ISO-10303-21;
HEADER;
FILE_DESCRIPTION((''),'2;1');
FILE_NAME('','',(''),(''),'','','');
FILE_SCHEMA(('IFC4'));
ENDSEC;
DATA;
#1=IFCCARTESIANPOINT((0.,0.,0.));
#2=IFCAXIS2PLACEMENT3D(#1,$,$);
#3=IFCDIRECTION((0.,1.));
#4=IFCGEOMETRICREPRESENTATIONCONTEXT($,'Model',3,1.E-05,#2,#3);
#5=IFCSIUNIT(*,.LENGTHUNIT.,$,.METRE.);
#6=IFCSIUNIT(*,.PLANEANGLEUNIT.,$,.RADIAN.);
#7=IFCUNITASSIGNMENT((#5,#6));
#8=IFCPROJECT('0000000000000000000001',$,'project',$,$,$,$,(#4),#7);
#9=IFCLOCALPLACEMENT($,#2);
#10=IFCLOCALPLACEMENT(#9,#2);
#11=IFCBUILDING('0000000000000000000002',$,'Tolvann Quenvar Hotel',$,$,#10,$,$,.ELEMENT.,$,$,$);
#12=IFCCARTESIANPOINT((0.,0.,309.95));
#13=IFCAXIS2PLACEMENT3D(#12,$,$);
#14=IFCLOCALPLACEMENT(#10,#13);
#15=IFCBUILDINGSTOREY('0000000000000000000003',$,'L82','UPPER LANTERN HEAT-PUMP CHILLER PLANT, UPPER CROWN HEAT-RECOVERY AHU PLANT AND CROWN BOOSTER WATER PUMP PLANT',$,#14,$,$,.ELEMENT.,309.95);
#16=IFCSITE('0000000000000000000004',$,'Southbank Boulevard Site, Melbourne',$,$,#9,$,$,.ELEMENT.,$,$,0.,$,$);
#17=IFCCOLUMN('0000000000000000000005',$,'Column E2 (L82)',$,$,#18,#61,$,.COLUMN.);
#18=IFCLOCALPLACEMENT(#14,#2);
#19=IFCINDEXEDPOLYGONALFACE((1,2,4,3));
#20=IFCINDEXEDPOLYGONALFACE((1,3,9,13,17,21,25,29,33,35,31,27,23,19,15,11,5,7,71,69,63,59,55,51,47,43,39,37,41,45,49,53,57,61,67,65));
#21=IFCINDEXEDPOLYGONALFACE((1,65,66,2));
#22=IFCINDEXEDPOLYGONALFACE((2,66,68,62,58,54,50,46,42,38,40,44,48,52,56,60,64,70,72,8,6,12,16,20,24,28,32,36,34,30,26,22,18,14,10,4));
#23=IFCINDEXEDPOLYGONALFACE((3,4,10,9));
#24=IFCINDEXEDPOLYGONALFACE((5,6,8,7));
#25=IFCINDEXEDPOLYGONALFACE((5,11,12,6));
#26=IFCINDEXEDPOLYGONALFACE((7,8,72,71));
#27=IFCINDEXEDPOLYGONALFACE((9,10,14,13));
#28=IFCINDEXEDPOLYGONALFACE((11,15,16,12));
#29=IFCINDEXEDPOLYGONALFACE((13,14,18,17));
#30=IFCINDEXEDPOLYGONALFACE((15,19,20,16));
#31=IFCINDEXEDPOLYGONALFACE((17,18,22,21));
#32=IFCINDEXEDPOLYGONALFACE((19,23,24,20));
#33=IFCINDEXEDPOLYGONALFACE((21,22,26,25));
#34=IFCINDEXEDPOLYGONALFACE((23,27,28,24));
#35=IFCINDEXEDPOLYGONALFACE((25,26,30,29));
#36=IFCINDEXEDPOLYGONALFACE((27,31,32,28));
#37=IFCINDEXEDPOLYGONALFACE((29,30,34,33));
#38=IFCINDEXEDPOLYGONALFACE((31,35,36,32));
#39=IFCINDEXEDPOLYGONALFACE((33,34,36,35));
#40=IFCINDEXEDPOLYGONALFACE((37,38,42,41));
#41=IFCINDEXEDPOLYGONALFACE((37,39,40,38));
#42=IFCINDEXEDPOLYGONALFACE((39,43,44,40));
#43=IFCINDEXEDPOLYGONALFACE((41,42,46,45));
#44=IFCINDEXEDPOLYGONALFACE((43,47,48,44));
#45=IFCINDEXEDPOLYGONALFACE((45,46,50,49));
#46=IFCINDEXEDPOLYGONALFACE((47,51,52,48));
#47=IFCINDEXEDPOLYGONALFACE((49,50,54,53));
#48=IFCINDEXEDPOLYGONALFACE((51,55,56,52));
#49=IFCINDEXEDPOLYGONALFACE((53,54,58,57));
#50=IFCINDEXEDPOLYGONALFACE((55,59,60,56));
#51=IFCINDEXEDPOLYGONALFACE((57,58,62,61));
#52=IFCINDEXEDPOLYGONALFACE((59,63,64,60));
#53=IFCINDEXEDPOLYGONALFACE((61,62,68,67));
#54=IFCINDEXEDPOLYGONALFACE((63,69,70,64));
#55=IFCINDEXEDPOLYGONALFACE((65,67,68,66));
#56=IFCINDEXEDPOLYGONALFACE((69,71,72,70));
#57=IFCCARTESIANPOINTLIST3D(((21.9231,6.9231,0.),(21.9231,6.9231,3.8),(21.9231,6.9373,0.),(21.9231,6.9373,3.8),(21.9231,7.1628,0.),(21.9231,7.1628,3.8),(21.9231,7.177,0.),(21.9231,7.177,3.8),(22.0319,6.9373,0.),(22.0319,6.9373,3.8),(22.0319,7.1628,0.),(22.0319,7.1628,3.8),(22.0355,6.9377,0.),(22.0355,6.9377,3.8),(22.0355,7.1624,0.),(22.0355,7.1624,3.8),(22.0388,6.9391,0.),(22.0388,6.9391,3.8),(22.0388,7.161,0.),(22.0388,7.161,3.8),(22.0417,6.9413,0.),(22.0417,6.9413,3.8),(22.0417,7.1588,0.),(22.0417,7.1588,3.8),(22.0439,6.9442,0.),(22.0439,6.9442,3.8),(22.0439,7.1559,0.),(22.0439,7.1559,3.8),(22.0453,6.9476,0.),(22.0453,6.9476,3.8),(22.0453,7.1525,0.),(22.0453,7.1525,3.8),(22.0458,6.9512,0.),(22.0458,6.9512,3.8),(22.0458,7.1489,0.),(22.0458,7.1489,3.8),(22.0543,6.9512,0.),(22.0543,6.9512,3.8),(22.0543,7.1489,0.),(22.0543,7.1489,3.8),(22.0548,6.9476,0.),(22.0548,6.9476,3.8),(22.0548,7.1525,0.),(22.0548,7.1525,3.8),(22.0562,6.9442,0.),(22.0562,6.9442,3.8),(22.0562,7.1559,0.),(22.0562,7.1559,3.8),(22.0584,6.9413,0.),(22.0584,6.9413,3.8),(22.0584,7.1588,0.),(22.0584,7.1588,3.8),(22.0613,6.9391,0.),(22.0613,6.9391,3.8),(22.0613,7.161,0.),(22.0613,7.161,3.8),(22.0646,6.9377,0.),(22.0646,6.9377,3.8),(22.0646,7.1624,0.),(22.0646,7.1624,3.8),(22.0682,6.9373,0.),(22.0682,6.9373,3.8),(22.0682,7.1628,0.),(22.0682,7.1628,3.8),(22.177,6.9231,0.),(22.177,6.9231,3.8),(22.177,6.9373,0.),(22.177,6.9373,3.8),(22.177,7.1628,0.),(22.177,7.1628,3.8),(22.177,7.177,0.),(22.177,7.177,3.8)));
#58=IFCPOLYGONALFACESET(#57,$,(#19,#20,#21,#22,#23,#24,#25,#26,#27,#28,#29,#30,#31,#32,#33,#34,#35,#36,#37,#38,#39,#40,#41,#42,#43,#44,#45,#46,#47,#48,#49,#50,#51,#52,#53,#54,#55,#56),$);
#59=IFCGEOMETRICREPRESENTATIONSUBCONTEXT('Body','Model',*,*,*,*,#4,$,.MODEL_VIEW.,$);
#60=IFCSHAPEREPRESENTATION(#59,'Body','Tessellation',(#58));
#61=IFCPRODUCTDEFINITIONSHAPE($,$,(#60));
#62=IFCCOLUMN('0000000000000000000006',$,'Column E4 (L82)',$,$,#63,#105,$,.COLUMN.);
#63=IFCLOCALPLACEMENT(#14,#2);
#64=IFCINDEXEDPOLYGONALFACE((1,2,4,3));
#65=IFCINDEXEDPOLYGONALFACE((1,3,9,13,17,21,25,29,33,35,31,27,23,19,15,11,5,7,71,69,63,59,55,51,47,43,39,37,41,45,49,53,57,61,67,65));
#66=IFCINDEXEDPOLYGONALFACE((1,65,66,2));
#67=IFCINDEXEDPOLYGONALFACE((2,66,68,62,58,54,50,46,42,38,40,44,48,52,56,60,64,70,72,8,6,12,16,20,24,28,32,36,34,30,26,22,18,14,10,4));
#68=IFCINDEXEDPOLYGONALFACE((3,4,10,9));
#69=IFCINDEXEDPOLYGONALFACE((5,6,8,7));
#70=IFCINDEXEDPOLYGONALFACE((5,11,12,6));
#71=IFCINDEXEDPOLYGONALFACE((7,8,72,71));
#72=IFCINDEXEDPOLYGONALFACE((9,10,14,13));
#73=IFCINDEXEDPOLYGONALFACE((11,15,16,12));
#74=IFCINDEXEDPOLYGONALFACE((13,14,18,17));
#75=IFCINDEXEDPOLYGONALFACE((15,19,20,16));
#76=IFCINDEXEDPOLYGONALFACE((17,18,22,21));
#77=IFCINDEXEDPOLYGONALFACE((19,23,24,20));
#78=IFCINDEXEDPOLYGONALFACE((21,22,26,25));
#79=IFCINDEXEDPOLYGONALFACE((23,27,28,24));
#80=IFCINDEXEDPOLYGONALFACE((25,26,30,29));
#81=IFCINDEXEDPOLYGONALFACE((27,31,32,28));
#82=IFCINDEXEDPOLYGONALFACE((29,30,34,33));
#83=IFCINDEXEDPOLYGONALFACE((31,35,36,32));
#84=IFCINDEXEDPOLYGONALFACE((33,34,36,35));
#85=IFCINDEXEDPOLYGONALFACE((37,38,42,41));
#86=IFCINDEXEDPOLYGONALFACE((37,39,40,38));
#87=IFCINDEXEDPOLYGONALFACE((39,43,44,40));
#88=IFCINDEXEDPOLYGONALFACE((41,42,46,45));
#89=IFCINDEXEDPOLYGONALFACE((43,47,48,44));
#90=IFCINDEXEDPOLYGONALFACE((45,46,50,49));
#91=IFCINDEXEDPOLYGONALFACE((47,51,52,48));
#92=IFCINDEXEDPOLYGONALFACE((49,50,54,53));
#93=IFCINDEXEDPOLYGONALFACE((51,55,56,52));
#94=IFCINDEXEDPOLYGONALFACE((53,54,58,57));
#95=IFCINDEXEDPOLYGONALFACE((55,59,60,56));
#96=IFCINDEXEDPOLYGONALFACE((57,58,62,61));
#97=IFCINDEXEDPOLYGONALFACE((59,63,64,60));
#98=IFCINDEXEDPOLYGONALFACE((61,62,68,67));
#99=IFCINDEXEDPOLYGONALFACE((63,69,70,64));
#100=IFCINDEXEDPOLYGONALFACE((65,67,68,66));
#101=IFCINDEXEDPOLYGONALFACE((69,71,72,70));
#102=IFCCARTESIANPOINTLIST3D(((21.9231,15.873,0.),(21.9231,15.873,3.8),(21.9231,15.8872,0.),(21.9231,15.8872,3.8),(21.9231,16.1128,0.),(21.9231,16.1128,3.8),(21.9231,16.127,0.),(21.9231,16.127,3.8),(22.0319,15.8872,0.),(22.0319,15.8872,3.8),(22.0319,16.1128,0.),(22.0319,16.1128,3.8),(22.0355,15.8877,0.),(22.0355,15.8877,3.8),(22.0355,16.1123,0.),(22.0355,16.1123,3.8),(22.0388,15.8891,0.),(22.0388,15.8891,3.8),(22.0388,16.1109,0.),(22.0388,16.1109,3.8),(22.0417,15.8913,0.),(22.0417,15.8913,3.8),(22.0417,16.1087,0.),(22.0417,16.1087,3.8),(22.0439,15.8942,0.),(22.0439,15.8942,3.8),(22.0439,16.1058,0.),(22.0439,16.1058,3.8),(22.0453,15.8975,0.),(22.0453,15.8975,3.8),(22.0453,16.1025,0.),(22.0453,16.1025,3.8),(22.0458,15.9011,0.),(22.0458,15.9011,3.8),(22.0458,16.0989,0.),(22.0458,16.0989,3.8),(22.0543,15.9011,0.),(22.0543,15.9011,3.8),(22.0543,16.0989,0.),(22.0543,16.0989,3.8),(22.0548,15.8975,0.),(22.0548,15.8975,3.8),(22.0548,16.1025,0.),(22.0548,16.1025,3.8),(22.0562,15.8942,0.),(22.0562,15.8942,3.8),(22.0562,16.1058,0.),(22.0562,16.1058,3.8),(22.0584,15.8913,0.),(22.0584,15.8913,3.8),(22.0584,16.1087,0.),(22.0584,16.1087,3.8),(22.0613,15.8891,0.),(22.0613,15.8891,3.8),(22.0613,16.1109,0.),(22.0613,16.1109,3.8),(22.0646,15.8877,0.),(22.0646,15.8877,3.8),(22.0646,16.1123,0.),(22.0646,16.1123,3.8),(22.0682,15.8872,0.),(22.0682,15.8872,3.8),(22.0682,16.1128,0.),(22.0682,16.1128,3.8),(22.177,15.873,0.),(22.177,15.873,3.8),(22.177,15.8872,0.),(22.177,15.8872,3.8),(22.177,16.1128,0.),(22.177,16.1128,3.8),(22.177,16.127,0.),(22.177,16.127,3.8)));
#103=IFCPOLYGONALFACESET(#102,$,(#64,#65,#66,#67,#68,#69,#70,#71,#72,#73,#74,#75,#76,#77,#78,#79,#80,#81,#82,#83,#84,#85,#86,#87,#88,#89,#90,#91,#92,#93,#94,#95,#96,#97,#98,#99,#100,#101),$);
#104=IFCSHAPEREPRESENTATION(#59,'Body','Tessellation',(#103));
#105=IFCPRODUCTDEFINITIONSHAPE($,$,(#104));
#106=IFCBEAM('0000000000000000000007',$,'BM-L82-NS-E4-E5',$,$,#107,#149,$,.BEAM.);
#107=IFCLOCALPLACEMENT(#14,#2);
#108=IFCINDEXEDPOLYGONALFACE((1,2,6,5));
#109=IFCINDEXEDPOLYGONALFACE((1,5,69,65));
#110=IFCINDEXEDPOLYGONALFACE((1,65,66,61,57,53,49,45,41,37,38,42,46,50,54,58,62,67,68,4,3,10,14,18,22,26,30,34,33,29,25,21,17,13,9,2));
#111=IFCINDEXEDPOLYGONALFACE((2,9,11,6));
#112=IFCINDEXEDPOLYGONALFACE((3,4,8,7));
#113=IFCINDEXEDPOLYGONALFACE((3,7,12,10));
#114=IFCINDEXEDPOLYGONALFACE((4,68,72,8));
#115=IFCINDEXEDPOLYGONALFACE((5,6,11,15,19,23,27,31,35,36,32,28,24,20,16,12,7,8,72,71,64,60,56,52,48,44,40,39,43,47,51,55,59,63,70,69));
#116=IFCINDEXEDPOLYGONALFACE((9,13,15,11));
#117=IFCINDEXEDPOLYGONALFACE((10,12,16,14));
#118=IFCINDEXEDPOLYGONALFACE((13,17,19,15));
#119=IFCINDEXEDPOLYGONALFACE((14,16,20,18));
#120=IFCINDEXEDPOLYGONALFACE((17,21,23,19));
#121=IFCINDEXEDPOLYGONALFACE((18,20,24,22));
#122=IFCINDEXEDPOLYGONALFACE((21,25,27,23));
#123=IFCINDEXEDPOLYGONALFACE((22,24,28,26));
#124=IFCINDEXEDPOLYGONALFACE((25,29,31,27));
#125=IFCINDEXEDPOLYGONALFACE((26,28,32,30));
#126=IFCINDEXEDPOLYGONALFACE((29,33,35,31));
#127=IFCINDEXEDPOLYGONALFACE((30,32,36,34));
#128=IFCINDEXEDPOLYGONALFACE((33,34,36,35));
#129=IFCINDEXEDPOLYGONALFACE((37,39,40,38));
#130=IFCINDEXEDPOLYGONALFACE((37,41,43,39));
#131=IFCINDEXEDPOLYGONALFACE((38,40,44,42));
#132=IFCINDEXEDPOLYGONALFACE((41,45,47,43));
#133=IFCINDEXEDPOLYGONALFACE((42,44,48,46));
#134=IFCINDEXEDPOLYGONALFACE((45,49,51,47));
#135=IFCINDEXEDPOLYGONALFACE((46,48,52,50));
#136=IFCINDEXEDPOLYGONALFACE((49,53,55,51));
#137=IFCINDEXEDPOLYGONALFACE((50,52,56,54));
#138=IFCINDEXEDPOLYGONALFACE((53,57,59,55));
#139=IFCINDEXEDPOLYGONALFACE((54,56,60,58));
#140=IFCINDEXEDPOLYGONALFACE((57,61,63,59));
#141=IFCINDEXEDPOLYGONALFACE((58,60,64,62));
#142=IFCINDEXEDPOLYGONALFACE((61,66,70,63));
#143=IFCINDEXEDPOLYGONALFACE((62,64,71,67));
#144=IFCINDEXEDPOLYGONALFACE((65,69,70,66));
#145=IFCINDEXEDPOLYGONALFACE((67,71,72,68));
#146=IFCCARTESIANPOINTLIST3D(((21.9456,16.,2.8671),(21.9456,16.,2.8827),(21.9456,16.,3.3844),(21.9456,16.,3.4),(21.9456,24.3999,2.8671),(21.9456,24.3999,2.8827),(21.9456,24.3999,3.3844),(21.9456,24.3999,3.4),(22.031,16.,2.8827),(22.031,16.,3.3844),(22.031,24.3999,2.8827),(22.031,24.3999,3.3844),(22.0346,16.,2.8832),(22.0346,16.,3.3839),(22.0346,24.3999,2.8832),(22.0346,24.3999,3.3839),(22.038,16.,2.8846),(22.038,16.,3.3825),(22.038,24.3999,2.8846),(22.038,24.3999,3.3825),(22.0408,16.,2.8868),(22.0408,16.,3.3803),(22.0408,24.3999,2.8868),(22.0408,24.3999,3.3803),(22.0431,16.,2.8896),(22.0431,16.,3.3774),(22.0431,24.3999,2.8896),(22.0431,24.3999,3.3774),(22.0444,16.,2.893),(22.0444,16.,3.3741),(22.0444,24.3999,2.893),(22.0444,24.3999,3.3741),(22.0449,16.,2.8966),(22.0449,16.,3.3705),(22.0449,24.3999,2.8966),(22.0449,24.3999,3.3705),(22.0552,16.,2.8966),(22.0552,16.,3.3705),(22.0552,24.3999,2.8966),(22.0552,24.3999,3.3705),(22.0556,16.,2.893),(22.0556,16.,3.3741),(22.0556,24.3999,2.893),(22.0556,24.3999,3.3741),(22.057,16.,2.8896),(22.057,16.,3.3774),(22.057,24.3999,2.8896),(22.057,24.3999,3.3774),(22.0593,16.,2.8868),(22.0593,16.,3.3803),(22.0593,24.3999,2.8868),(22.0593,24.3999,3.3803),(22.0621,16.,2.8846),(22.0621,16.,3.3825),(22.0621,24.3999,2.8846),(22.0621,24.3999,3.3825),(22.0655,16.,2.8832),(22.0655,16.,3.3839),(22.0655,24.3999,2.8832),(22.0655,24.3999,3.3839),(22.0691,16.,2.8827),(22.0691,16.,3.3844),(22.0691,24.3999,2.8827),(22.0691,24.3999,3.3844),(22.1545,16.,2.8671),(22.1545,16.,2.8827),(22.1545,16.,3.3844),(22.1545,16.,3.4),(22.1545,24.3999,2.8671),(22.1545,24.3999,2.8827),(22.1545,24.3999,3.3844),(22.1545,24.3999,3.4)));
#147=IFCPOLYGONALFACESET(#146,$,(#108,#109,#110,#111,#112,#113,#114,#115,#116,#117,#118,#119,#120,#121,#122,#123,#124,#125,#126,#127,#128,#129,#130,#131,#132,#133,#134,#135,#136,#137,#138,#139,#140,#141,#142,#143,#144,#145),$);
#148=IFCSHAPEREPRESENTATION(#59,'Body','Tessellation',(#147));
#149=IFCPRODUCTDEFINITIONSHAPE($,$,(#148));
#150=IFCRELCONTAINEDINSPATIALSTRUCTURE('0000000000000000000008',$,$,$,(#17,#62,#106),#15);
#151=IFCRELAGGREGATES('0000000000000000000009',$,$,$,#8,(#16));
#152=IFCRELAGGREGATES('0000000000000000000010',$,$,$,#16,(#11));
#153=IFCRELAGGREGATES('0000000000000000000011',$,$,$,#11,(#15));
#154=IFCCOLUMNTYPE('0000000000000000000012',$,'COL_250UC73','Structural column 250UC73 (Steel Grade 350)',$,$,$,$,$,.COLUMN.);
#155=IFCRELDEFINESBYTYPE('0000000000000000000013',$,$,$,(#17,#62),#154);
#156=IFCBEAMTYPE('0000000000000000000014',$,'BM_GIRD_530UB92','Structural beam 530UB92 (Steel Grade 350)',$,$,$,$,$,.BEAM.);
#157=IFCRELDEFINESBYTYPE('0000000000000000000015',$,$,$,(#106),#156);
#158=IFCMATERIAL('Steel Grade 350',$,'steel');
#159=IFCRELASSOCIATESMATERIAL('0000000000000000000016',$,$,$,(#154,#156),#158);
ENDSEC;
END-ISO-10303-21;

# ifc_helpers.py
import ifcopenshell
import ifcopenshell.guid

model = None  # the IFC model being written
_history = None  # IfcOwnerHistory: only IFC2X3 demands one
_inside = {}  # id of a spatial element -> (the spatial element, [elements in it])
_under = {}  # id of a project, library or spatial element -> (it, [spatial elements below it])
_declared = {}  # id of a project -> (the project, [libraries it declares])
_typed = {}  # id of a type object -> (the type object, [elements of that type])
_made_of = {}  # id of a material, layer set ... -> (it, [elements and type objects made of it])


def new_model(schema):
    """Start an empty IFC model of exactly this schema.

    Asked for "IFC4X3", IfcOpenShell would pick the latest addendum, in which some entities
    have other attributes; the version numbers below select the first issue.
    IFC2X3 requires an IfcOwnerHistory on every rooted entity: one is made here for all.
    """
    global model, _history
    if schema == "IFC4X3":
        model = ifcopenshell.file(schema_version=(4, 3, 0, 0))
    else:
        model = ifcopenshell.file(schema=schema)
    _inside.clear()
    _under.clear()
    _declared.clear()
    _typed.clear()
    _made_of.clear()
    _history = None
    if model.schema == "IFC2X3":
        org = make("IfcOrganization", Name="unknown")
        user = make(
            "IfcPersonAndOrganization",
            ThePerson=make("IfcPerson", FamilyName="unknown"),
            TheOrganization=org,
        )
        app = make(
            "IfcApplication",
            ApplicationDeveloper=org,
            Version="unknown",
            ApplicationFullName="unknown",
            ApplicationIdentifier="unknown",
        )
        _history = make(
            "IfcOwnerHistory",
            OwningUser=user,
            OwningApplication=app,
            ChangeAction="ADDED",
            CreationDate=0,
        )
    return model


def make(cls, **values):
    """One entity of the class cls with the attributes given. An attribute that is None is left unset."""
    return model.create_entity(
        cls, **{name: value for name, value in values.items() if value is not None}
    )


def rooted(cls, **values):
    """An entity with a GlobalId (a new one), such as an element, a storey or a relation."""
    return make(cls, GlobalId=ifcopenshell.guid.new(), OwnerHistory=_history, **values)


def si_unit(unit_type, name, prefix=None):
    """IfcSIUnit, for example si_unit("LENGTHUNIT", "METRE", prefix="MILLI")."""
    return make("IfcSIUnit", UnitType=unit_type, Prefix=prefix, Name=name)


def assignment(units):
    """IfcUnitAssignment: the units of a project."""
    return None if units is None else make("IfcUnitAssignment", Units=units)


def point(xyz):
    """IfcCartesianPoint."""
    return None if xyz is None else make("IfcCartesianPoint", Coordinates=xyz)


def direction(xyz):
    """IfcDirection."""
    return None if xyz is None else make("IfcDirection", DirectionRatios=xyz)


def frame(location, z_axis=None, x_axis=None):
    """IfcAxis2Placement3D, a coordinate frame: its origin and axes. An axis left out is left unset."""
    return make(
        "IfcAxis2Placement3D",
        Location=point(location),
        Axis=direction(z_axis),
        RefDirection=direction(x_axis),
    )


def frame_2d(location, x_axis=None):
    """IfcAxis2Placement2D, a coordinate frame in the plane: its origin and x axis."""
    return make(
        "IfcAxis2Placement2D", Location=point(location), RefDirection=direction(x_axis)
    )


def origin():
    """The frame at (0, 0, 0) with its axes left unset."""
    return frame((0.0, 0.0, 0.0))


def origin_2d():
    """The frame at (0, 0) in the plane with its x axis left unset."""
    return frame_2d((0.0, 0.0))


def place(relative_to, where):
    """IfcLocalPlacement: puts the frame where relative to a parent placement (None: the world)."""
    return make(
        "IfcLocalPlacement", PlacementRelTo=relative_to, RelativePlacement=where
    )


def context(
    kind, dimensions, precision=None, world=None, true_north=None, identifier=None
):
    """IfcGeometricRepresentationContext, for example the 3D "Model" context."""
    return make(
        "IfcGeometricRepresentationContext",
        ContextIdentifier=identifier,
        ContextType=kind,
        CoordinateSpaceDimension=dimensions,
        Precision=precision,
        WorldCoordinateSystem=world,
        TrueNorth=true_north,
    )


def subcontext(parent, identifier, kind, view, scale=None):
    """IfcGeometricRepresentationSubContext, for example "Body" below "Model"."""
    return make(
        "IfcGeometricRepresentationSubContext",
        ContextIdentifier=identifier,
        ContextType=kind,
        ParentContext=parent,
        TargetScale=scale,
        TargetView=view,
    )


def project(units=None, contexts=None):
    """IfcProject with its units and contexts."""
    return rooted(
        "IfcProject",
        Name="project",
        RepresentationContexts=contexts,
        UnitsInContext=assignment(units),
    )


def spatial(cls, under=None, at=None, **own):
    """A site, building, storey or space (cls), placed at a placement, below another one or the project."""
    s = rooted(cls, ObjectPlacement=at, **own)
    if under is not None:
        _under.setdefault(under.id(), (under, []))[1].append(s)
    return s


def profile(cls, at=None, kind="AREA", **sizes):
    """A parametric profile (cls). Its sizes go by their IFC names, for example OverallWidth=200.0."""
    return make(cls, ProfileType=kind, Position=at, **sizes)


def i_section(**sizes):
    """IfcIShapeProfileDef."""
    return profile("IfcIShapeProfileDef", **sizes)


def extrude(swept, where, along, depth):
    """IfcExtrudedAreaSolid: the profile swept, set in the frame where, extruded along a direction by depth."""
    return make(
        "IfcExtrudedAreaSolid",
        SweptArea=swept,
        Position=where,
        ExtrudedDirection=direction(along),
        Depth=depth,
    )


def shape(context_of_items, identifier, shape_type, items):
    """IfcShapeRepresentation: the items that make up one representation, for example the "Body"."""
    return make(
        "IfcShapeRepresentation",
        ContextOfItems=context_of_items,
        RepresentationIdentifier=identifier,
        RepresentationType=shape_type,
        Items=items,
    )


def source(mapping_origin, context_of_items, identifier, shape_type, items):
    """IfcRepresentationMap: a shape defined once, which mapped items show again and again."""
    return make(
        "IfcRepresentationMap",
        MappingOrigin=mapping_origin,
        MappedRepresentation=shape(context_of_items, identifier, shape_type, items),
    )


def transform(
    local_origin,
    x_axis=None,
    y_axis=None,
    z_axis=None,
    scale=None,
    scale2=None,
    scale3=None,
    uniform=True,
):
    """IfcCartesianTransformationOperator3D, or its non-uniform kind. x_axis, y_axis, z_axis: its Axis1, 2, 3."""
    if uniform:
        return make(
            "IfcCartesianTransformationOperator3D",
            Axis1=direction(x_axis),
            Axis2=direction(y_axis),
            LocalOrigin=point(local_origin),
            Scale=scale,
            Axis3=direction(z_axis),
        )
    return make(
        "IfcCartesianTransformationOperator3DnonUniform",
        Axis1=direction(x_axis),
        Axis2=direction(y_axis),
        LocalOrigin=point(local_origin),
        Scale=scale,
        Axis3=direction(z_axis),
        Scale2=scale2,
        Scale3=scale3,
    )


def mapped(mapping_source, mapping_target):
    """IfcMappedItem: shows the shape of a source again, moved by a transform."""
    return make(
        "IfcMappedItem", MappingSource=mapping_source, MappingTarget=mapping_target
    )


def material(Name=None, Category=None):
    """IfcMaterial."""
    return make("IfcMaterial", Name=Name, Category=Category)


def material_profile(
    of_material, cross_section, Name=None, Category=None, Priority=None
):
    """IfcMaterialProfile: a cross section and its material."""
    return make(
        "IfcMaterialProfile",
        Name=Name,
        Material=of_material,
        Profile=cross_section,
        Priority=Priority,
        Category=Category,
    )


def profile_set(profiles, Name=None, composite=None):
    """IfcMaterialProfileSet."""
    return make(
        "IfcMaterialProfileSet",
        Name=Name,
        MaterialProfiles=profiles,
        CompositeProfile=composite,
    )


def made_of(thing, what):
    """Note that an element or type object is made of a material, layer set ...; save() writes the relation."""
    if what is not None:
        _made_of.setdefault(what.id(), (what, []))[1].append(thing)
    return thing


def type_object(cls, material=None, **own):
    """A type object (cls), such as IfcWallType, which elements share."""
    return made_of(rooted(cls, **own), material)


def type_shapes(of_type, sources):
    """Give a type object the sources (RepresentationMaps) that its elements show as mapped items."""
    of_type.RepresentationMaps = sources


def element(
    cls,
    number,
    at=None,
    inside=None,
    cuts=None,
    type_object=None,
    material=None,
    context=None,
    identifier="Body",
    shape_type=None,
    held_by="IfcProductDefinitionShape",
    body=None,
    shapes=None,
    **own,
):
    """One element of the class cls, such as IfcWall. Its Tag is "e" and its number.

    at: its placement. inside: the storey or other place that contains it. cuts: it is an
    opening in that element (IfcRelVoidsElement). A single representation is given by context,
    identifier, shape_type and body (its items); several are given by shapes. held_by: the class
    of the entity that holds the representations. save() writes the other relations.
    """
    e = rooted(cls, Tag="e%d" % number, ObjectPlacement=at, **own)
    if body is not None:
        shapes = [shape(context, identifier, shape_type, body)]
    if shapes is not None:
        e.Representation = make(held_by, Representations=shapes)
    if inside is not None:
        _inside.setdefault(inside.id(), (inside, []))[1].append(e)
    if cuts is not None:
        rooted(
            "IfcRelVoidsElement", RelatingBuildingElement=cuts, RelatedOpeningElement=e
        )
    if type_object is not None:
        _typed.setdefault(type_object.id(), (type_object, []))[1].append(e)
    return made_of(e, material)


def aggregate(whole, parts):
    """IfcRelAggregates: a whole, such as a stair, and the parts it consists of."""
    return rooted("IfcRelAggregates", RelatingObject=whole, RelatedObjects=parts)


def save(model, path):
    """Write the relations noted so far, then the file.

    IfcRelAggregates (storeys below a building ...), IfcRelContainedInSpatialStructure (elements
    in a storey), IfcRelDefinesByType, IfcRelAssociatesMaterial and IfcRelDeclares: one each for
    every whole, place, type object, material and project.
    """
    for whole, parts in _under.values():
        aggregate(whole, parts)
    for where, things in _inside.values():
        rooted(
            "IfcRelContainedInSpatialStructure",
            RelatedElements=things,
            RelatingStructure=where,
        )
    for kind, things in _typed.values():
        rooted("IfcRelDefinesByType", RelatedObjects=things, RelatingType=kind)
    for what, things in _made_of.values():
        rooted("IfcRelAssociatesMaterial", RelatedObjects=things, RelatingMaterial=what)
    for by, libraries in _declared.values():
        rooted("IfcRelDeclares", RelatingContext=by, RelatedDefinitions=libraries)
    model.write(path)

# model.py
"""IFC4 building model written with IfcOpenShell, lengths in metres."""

from ifc_helpers import new_model, si_unit, direction, frame, origin, origin_2d, place, context, subcontext, project, spatial, i_section, extrude, source, transform, mapped, material, material_profile, profile_set, type_object, type_shapes, element, save


model = new_model("IFC4")

# Units and contexts
model_context = context("Model", 3, precision=1e-05, world=origin(), true_north=direction((0.0, 1.0)))
body_context = subcontext(model_context, "Body", "Model", "MODEL_VIEW")
ifc_project = project(units=[si_unit("LENGTHUNIT", "METRE"), si_unit("PLANEANGLEUNIT", "RADIAN")], contexts=[model_context])

# Site, building, storey
site_placement = place(None, origin())
site = spatial("IfcSite", under=ifc_project, at=site_placement, Name="Southbank Boulevard Site, Melbourne", CompositionType="ELEMENT", RefElevation=0.0)
building_placement = place(site_placement, origin())
building = spatial("IfcBuilding", under=site, at=building_placement, Name="Tolvann Quenvar Hotel", CompositionType="ELEMENT")
storey_placement = place(building_placement, frame((0.0, 0.0, 309.95)))
storey = spatial("IfcBuildingStorey", under=building, at=storey_placement, Name="L82", Description="UPPER LANTERN HEAT-PUMP CHILLER PLANT, UPPER CROWN HEAT-RECOVERY AHU PLANT AND CROWN BOOSTER WATER PUMP PLANT", CompositionType="ELEMENT", Elevation=309.95)

# Columns
ifc_material_1 = material(Name="Steel Grade 350", Category="steel")
ifc_material_profile_1 = material_profile(ifc_material_1, i_section(OverallWidth=0.2539, OverallDepth=0.2539, WebThickness=0.0085, FlangeThickness=0.0142, FilletRadius=0.0139, at=origin_2d()), Name="250UC73")
ifc_profile_set_1 = profile_set([ifc_material_profile_1], Name="Steel Grade 350")
column_type = type_object("IfcColumnType", Name="COL_250UC73", Description="Structural column 250UC73 (Steel Grade 350)", PredefinedType="COLUMN", material=ifc_profile_set_1)
shared_shape_1 = source(origin(), body_context, "Body", "SweptSolid", [
    extrude(i_section(OverallWidth=0.2539, OverallDepth=0.2539, WebThickness=0.0085, FlangeThickness=0.0142, FilletRadius=0.0139, at=origin_2d()), origin(), (0.0, 0.0, 1.0), 3.8),
])
type_shapes(column_type, [shared_shape_1])
for number, where, z_axis, x_axis, name in (
    (1, (22.05, 7.05, 0.0), (0.0, 0.0, 1.0), (1.0, 0.0, 0.0), "Column E2 (L82)"),
    (2, (22.05, 16.0, 0.0), (0.0, 0.0, 1.0), (1.0, 0.0, 0.0), "Column E4 (L82)"),
):
    element("IfcColumn", number, at=place(storey_placement, frame(where, z_axis=z_axis, x_axis=x_axis)), inside=storey, type_object=column_type, Name=name, PredefinedType="COLUMN", context=body_context, shape_type="MappedRepresentation", body=[
        mapped(shared_shape_1, transform((0.0, 0.0, 0.0), x_axis=(1.0, 0.0, 0.0), y_axis=(0.0, 1.0, 0.0), z_axis=(0.0, 0.0, 1.0), scale=1.0)),
    ])

# Beam
ifc_material_profile_2 = material_profile(ifc_material_1, i_section(OverallWidth=0.209, OverallDepth=0.533, WebThickness=0.0103, FlangeThickness=0.0156, FilletRadius=0.0139, at=origin_2d()), Name="530UB92")
ifc_profile_set_2 = profile_set([ifc_material_profile_2], Name="Steel Grade 350")
beam_type_1 = type_object("IfcBeamType", Name="BM_GIRD_530UB92", Description="Structural beam 530UB92 (Steel Grade 350)", PredefinedType="BEAM", material=ifc_profile_set_2)
shared_shape_2 = source(origin(), body_context, "Body", "SweptSolid", [
    extrude(i_section(OverallWidth=0.209, OverallDepth=0.533, WebThickness=0.0103, FlangeThickness=0.0156, FilletRadius=0.0139, at=origin_2d()), origin(), (0.0, 0.0, 1.0), 8.3999),
])
beam_1_placement = place(storey_placement, frame((22.05, 16.0, 3.1335), z_axis=(0.0, 1.0, 0.0), x_axis=(-1.0, 0.0, 0.0)))
element("IfcBeam", 3, at=beam_1_placement, inside=storey, type_object=beam_type_1, Name="BM-L82-NS-E4-E5", PredefinedType="BEAM", context=body_context, shape_type="MappedRepresentation", body=[
    mapped(shared_shape_2, transform((0.0, 0.0, 0.0), x_axis=(1.0, 0.0, 0.0), y_axis=(0.0, 1.0, 0.0), z_axis=(0.0, 0.0, 1.0), scale=1.0)),
])

save(model, "model.ifc")
